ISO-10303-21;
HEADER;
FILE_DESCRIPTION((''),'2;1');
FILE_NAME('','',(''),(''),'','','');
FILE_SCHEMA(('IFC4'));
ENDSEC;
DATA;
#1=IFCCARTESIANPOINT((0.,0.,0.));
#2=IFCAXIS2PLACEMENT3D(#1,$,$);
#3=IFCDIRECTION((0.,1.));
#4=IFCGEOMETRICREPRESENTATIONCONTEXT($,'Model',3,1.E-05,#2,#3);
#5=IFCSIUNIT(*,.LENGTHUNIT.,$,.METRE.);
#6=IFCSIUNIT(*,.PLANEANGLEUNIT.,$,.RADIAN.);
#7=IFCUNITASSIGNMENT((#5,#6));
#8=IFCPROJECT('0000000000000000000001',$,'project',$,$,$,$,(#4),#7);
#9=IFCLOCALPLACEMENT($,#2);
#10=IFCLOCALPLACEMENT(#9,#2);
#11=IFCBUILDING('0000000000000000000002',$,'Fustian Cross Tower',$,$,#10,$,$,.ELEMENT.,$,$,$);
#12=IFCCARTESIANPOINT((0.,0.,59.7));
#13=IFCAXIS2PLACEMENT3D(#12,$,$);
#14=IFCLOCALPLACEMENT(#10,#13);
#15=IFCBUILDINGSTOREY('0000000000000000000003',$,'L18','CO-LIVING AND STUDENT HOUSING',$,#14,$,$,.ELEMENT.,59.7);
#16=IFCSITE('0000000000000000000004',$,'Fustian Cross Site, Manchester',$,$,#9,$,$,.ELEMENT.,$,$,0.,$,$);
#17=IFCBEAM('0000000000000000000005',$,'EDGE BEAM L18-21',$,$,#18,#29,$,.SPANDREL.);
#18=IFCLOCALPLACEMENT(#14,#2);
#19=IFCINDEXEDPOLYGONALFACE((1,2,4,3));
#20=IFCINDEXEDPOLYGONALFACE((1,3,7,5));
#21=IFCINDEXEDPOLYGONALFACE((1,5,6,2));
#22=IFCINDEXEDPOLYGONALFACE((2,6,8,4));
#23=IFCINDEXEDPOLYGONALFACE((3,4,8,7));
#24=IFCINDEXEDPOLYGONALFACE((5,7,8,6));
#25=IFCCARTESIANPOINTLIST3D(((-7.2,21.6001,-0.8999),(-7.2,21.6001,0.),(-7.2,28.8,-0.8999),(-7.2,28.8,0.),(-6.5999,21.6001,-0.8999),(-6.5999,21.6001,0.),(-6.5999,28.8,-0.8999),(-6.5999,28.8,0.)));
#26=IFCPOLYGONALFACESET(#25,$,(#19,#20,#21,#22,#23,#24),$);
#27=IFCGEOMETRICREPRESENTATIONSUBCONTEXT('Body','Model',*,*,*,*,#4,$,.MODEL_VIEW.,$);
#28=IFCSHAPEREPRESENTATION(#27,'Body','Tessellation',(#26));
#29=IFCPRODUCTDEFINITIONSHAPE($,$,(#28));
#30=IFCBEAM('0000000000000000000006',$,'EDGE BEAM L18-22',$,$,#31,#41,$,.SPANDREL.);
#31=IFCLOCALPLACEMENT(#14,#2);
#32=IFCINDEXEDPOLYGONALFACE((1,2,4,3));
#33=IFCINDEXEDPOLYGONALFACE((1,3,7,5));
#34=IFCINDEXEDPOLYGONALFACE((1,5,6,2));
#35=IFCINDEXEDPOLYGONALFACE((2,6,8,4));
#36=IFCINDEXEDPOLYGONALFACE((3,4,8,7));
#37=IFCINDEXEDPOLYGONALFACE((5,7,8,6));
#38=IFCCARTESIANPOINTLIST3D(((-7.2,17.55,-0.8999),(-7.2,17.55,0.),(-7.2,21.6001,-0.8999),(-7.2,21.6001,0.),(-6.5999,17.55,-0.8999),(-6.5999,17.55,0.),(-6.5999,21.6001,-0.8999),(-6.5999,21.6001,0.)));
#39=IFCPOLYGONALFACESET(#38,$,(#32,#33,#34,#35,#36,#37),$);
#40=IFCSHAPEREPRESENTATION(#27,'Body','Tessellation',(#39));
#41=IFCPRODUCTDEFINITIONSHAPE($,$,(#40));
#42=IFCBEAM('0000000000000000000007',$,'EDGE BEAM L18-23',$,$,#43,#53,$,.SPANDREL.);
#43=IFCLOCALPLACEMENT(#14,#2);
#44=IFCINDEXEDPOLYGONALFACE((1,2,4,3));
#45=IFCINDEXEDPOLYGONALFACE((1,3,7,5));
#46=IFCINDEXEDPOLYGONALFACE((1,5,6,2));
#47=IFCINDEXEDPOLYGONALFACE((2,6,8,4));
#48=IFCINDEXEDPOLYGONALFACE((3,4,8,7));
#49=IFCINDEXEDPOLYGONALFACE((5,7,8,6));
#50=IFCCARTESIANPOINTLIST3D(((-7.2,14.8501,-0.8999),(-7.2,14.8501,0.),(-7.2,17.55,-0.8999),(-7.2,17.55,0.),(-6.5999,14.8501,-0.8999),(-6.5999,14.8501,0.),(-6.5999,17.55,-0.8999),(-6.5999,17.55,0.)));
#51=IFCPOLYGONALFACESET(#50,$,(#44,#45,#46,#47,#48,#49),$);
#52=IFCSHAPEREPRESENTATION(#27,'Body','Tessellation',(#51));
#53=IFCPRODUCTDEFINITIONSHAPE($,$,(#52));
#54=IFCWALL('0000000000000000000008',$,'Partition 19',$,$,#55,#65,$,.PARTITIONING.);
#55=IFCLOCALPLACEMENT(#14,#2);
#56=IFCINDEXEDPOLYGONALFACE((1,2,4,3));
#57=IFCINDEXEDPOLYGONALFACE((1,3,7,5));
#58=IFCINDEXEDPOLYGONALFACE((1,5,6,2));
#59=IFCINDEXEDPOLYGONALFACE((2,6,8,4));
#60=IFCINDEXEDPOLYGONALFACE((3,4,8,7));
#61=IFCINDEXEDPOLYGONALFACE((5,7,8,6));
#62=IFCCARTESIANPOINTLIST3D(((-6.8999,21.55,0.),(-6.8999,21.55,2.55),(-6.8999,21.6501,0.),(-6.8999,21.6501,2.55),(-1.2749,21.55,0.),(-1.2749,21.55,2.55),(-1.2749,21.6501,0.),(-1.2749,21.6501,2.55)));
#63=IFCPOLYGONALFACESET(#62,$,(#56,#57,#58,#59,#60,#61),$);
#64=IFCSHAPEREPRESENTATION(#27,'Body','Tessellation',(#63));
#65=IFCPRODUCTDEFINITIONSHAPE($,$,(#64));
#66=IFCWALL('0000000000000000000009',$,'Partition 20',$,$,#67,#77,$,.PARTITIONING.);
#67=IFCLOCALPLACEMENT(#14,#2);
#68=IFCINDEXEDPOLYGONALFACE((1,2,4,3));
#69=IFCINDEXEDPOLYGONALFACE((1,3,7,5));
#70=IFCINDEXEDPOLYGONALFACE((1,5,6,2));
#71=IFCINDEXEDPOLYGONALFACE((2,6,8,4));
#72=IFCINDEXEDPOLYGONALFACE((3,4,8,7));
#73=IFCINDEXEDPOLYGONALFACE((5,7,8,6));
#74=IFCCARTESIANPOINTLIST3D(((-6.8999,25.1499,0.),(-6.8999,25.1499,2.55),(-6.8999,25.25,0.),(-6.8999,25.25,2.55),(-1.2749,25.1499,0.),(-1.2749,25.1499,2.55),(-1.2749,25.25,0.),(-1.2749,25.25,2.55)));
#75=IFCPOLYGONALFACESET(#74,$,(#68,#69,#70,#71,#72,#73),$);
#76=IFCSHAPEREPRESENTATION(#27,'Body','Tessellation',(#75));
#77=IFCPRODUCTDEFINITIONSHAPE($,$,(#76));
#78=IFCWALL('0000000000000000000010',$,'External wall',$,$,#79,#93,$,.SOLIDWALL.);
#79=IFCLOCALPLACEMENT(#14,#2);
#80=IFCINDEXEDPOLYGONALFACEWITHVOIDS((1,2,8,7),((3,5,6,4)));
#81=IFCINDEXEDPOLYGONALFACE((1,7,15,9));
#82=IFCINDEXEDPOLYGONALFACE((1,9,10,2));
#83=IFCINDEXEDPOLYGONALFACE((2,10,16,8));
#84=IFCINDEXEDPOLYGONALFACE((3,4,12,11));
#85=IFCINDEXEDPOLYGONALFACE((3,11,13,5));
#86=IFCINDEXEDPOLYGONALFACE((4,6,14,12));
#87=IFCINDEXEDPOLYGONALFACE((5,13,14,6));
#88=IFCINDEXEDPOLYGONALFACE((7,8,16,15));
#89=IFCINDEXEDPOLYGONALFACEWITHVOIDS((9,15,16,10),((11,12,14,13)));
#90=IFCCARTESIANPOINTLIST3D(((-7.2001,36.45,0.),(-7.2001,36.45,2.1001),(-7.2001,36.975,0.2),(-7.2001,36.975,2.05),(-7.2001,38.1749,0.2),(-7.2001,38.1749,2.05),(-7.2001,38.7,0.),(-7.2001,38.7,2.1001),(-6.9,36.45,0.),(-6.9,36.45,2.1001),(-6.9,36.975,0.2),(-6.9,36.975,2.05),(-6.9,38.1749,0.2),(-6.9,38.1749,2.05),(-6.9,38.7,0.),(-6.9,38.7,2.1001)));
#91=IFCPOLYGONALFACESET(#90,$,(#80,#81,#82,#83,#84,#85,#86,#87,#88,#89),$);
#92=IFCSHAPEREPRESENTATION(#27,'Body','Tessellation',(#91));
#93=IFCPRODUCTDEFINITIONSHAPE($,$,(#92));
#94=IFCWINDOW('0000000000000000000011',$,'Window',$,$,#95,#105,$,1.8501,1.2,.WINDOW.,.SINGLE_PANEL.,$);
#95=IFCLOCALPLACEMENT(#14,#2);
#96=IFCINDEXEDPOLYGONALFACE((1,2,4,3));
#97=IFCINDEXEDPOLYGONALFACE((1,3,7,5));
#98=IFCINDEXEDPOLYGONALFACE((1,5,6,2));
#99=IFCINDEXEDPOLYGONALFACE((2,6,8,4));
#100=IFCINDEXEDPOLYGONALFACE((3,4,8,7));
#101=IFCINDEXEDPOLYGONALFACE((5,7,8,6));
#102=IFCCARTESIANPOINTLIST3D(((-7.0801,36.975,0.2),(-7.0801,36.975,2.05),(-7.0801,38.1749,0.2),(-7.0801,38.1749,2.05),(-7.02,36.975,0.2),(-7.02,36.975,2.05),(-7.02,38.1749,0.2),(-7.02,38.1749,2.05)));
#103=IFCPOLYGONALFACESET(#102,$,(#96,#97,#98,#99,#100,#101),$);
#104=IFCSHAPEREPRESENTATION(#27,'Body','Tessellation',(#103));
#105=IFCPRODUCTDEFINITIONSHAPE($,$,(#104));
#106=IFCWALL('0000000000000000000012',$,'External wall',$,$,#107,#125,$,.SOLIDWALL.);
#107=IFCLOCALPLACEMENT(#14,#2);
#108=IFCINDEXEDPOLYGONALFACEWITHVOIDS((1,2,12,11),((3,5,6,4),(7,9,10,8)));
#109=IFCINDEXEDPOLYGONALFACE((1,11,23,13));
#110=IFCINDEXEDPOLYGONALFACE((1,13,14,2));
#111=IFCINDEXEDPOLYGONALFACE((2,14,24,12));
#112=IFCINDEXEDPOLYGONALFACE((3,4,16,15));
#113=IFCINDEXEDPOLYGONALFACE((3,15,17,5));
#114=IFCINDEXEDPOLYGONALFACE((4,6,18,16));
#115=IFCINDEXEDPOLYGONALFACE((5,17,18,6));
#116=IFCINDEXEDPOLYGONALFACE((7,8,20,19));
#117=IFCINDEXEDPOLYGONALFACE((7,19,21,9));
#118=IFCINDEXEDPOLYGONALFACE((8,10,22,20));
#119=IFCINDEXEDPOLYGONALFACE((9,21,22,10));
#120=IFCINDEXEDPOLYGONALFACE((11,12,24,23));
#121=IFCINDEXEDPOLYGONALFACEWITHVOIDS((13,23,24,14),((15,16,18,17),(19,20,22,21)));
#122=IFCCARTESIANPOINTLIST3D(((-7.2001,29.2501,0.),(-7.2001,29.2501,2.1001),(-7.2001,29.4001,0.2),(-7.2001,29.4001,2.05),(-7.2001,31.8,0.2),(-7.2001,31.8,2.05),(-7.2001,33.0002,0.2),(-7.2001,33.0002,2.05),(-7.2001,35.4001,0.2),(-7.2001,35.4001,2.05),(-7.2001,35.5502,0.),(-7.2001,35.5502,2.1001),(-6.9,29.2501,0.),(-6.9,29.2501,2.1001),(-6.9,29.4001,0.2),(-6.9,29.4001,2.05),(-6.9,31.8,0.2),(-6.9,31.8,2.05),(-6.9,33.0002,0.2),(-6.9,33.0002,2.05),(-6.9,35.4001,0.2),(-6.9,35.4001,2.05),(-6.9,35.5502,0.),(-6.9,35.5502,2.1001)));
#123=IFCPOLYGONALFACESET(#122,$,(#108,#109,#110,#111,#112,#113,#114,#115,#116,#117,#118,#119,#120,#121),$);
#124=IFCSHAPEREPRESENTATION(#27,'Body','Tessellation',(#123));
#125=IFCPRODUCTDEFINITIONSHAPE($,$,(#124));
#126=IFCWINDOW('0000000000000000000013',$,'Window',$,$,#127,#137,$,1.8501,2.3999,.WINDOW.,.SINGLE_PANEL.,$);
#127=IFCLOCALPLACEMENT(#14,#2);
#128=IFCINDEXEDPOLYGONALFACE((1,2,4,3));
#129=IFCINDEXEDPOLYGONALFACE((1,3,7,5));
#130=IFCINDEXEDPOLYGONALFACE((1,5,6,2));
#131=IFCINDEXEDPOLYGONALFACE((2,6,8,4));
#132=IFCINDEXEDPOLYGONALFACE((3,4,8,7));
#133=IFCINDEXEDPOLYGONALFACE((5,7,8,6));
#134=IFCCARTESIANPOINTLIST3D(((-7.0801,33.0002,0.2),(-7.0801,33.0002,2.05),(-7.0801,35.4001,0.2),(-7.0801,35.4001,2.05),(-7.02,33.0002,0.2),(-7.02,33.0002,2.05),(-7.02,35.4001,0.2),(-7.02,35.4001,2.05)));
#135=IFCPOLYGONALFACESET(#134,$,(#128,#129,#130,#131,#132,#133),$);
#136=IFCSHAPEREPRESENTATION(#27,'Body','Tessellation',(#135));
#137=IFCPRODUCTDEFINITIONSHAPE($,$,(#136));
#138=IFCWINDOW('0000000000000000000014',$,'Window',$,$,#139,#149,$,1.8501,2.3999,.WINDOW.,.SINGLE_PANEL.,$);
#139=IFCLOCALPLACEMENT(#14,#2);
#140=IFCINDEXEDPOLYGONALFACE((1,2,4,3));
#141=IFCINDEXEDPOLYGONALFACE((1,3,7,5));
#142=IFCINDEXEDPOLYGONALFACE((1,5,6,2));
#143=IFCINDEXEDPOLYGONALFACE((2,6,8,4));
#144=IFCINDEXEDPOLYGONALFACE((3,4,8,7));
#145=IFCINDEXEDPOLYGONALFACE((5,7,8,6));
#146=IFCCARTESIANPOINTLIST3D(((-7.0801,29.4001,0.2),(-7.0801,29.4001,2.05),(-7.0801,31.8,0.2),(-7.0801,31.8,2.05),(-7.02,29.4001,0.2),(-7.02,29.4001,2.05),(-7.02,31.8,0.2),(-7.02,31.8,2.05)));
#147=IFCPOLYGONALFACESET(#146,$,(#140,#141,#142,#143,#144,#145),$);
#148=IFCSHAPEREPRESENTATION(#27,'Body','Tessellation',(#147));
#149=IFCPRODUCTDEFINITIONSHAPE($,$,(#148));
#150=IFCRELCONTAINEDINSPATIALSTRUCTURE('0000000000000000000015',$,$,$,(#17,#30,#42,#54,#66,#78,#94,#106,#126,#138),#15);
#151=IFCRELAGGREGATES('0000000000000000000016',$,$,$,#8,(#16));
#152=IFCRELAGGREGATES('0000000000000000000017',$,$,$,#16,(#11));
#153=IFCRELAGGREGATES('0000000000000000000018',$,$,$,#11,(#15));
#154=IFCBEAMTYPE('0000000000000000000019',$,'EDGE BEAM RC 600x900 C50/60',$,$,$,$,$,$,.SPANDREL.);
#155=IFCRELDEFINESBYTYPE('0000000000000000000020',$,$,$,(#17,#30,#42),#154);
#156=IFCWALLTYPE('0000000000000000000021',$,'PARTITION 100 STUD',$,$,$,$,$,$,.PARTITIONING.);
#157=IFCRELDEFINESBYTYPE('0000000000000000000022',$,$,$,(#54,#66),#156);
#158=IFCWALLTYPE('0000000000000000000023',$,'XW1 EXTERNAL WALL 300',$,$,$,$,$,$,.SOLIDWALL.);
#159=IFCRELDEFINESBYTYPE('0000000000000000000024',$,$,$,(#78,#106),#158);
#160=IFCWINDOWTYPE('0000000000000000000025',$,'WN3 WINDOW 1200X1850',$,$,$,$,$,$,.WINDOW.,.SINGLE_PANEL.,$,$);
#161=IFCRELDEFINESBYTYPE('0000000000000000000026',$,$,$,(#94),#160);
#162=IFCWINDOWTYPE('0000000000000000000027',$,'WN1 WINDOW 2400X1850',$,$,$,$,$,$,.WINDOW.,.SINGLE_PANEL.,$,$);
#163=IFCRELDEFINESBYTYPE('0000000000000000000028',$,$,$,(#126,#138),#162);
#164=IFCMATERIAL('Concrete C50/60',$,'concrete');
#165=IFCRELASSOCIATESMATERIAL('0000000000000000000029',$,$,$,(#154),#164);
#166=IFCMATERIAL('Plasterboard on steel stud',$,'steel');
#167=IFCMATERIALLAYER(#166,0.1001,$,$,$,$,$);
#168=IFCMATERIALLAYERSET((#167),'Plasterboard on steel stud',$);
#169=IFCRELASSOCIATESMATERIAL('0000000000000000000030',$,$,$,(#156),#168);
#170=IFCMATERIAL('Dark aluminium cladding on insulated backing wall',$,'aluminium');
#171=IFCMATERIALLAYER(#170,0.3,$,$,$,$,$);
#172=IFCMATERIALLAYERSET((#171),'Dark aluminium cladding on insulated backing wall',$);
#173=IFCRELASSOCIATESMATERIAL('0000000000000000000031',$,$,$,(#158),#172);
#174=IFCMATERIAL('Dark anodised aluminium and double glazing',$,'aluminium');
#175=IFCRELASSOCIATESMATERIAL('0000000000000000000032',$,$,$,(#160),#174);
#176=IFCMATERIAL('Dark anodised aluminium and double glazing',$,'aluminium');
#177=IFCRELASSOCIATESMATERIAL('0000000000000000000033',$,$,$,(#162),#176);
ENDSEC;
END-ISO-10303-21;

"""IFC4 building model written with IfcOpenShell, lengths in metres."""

from ifc_helpers import new_model, si_unit, direction, frame, frame_2d, origin, origin_2d, place, context, subcontext, project, spatial, rectangle, extrude, material, layer, layer_set, material_profile, profile_set, type_object, element, fill, save


model = new_model("IFC4")

# Units and contexts
model_context = context("Model", 3, precision=1e-05, world=origin(), true_north=direction((0.0, 1.0)))
body_context = subcontext(model_context, "Body", "Model", "MODEL_VIEW")
ifc_project = project(units=[si_unit("LENGTHUNIT", "METRE"), si_unit("PLANEANGLEUNIT", "RADIAN")], contexts=[model_context])

# Site, building, storey
site_placement = place(None, origin())
site = spatial("IfcSite", under=ifc_project, at=site_placement, Name="Fustian Cross Site, Manchester", CompositionType="ELEMENT", RefElevation=0.0)
building_placement = place(site_placement, origin())
building = spatial("IfcBuilding", under=site, at=building_placement, Name="Fustian Cross Tower", CompositionType="ELEMENT")
storey_placement = place(building_placement, frame((0.0, 0.0, 59.7)))
storey = spatial("IfcBuildingStorey", under=building, at=storey_placement, Name="L18", Description="CO-LIVING AND STUDENT HOUSING", CompositionType="ELEMENT", Elevation=59.7)

# Beams
ifc_material_1 = material(Name="Concrete C50/60", Category="concrete")
ifc_material_profile = material_profile(ifc_material_1, rectangle(XDim=0.6001, YDim=0.8999, at=origin_2d()), Name="RC 600x900")
ifc_profile_set = profile_set([ifc_material_profile], Name="Concrete C50/60")
beam_type = type_object("IfcBeamType", Name="EDGE BEAM RC 600x900 C50/60", PredefinedType="SPANDREL", material=ifc_profile_set)
beam_1_placement = place(storey_placement, frame((-6.8999, 28.8, -0.45), z_axis=(0.0, -1.0, 0.0), x_axis=(1.0, 0.0, 0.0)))
element("IfcBeam", 1, at=beam_1_placement, inside=storey, type_object=beam_type, Name="EDGE BEAM L18-21", PredefinedType="SPANDREL", context=body_context, shape_type="SweptSolid", body=[
    extrude(rectangle(XDim=0.6001, YDim=0.8999, at=origin_2d()), origin(), (0.0, 0.0, 1.0), 7.2),
])
beam_2_placement = place(storey_placement, frame((-6.8999, 21.6001, -0.45), z_axis=(0.0, -1.0, 0.0), x_axis=(1.0, 0.0, 0.0)))
element("IfcBeam", 2, at=beam_2_placement, inside=storey, type_object=beam_type, Name="EDGE BEAM L18-22", PredefinedType="SPANDREL", context=body_context, shape_type="SweptSolid", body=[
    extrude(rectangle(XDim=0.6001, YDim=0.8999, at=origin_2d()), origin(), (0.0, 0.0, 1.0), 4.05),
])
beam_3_placement = place(storey_placement, frame((-6.8999, 17.55, -0.45), z_axis=(0.0, -1.0, 0.0), x_axis=(1.0, 0.0, 0.0)))
element("IfcBeam", 3, at=beam_3_placement, inside=storey, type_object=beam_type, Name="EDGE BEAM L18-23", PredefinedType="SPANDREL", context=body_context, shape_type="SweptSolid", body=[
    extrude(rectangle(XDim=0.6001, YDim=0.8999, at=origin_2d()), origin(), (0.0, 0.0, 1.0), 2.7),
])

# Walls
ifc_material_2 = material(Name="Plasterboard on steel stud", Category="steel")
ifc_layer_1 = layer(ifc_material_2, 0.1001)
ifc_layer_set_1 = layer_set([ifc_layer_1], Name="Plasterboard on steel stud")
wall_type_1 = type_object("IfcWallType", Name="PARTITION 100 STUD", PredefinedType="PARTITIONING", material=ifc_layer_set_1)
for number, where, z_axis, x_axis, name in (
    (4, (-6.8999, 21.6001, 0.0), (0.0, 0.0, 1.0), (1.0, 0.0, 0.0), "Partition 19"),
    (5, (-6.8999, 25.2, 0.0), (0.0, 0.0, 1.0), (1.0, 0.0, 0.0), "Partition 20"),
):
    element("IfcWall", number, at=place(storey_placement, frame(where, z_axis=z_axis, x_axis=x_axis)), inside=storey, type_object=wall_type_1, Name=name, PredefinedType="PARTITIONING", context=body_context, shape_type="SweptSolid", body=[
        extrude(rectangle(XDim=5.625, YDim=0.1001, at=frame_2d((2.8125, 0.0))), origin(), (0.0, 0.0, 1.0), 2.55),
    ])

# Wall, opening, window
ifc_material_3 = material(Name="Dark aluminium cladding on insulated backing wall", Category="aluminium")
ifc_layer_2 = layer(ifc_material_3, 0.3)
ifc_layer_set_2 = layer_set([ifc_layer_2], Name="Dark aluminium cladding on insulated backing wall")
wall_type_2 = type_object("IfcWallType", Name="XW1 EXTERNAL WALL 300", PredefinedType="SOLIDWALL", material=ifc_layer_set_2)
wall_1_placement = place(storey_placement, frame((-7.05, 38.7, 0.0), z_axis=(0.0, 0.0, 1.0), x_axis=(0.0, -1.0, 0.0)))
wall_1 = element("IfcWall", 6, at=wall_1_placement, inside=storey, type_object=wall_type_2, Name="External wall", PredefinedType="SOLIDWALL", context=body_context, shape_type="SweptSolid", body=[
    extrude(rectangle(XDim=2.25, YDim=0.3, at=frame_2d((1.125, 0.0))), origin(), (0.0, 0.0, 1.0), 2.1001),
])
opening_1_placement = place(wall_1_placement, frame((0.5249, 0.0, 0.2)))
opening_1 = element("IfcOpeningElement", 7, at=opening_1_placement, cuts=wall_1, PredefinedType="OPENING", context=body_context, shape_type="SweptSolid", body=[
    extrude(rectangle(XDim=1.2, YDim=1.8501, at=frame_2d((0.6001, 0.925))), frame((0.0, 0.1599, 0.0), z_axis=(0.0, -1.0, 0.0), x_axis=(1.0, 0.0, 0.0)), (0.0, 0.0, 1.0), 0.3201),
])
ifc_material_4 = material(Name="Dark anodised aluminium and double glazing", Category="aluminium")
window_type_1 = type_object("IfcWindowType", Name="WN3 WINDOW 1200X1850", PartitioningType="SINGLE_PANEL", PredefinedType="WINDOW", material=ifc_material_4)
window_1_placement = place(opening_1_placement, origin())
window_1 = element("IfcWindow", 8, at=window_1_placement, inside=storey, type_object=window_type_1, Name="Window", OverallHeight=1.8501, OverallWidth=1.2, PartitioningType="SINGLE_PANEL", PredefinedType="WINDOW", context=body_context, shape_type="SweptSolid", body=[
    extrude(rectangle(XDim=1.2, YDim=1.8501, at=frame_2d((0.6001, 0.925))), frame((0.0, 0.03, 0.0), z_axis=(0.0, -1.0, 0.0), x_axis=(1.0, 0.0, 0.0)), (0.0, 0.0, 1.0), 0.0601),
])
fill(opening_1, window_1)

# Wall, openings, windows
wall_2_placement = place(storey_placement, frame((-7.05, 35.55, 0.0), z_axis=(0.0, 0.0, 1.0), x_axis=(0.0, -1.0, 0.0)))
wall_2 = element("IfcWall", 9, at=wall_2_placement, inside=storey, type_object=wall_type_2, Name="External wall", PredefinedType="SOLIDWALL", context=body_context, shape_type="SweptSolid", body=[
    extrude(rectangle(XDim=6.3, YDim=0.3, at=frame_2d((3.1499, 0.0))), origin(), (0.0, 0.0, 1.0), 2.1001),
])
opening_2_placement = place(wall_2_placement, frame((0.1499, 0.0, 0.2)))
opening_2 = element("IfcOpeningElement", 10, at=opening_2_placement, cuts=wall_2, PredefinedType="OPENING", context=body_context, shape_type="SweptSolid", body=[
    extrude(rectangle(XDim=2.3999, YDim=1.8501, at=frame_2d((1.2, 0.925))), frame((0.0, 0.1599, 0.0), z_axis=(0.0, -1.0, 0.0), x_axis=(1.0, 0.0, 0.0)), (0.0, 0.0, 1.0), 0.3201),
])
opening_3_placement = place(wall_2_placement, frame((3.75, 0.0, 0.2)))
opening_3 = element("IfcOpeningElement", 11, at=opening_3_placement, cuts=wall_2, PredefinedType="OPENING", context=body_context, shape_type="SweptSolid", body=[
    extrude(rectangle(XDim=2.3999, YDim=1.8501, at=frame_2d((1.2, 0.925))), frame((0.0, 0.1599, 0.0), z_axis=(0.0, -1.0, 0.0), x_axis=(1.0, 0.0, 0.0)), (0.0, 0.0, 1.0), 0.3201),
])
ifc_material_5 = material(Name="Dark anodised aluminium and double glazing", Category="aluminium")
window_type_2 = type_object("IfcWindowType", Name="WN1 WINDOW 2400X1850", PartitioningType="SINGLE_PANEL", PredefinedType="WINDOW", material=ifc_material_5)
window_2_placement = place(opening_2_placement, origin())
window_2 = element("IfcWindow", 12, at=window_2_placement, inside=storey, type_object=window_type_2, Name="Window", OverallHeight=1.8501, OverallWidth=2.3999, PartitioningType="SINGLE_PANEL", PredefinedType="WINDOW", context=body_context, shape_type="SweptSolid", body=[
    extrude(rectangle(XDim=2.3999, YDim=1.8501, at=frame_2d((1.2, 0.925))), frame((0.0, 0.03, 0.0), z_axis=(0.0, -1.0, 0.0), x_axis=(1.0, 0.0, 0.0)), (0.0, 0.0, 1.0), 0.0601),
])
fill(opening_2, window_2)
window_3_placement = place(opening_3_placement, origin())
window_3 = element("IfcWindow", 13, at=window_3_placement, inside=storey, type_object=window_type_2, Name="Window", OverallHeight=1.8501, OverallWidth=2.3999, PartitioningType="SINGLE_PANEL", PredefinedType="WINDOW", context=body_context, shape_type="SweptSolid", body=[
    extrude(rectangle(XDim=2.3999, YDim=1.8501, at=frame_2d((1.2, 0.925))), frame((0.0, 0.03, 0.0), z_axis=(0.0, -1.0, 0.0), x_axis=(1.0, 0.0, 0.0)), (0.0, 0.0, 1.0), 0.0601),
])
fill(opening_3, window_3)

save(model, "model.ifc")
